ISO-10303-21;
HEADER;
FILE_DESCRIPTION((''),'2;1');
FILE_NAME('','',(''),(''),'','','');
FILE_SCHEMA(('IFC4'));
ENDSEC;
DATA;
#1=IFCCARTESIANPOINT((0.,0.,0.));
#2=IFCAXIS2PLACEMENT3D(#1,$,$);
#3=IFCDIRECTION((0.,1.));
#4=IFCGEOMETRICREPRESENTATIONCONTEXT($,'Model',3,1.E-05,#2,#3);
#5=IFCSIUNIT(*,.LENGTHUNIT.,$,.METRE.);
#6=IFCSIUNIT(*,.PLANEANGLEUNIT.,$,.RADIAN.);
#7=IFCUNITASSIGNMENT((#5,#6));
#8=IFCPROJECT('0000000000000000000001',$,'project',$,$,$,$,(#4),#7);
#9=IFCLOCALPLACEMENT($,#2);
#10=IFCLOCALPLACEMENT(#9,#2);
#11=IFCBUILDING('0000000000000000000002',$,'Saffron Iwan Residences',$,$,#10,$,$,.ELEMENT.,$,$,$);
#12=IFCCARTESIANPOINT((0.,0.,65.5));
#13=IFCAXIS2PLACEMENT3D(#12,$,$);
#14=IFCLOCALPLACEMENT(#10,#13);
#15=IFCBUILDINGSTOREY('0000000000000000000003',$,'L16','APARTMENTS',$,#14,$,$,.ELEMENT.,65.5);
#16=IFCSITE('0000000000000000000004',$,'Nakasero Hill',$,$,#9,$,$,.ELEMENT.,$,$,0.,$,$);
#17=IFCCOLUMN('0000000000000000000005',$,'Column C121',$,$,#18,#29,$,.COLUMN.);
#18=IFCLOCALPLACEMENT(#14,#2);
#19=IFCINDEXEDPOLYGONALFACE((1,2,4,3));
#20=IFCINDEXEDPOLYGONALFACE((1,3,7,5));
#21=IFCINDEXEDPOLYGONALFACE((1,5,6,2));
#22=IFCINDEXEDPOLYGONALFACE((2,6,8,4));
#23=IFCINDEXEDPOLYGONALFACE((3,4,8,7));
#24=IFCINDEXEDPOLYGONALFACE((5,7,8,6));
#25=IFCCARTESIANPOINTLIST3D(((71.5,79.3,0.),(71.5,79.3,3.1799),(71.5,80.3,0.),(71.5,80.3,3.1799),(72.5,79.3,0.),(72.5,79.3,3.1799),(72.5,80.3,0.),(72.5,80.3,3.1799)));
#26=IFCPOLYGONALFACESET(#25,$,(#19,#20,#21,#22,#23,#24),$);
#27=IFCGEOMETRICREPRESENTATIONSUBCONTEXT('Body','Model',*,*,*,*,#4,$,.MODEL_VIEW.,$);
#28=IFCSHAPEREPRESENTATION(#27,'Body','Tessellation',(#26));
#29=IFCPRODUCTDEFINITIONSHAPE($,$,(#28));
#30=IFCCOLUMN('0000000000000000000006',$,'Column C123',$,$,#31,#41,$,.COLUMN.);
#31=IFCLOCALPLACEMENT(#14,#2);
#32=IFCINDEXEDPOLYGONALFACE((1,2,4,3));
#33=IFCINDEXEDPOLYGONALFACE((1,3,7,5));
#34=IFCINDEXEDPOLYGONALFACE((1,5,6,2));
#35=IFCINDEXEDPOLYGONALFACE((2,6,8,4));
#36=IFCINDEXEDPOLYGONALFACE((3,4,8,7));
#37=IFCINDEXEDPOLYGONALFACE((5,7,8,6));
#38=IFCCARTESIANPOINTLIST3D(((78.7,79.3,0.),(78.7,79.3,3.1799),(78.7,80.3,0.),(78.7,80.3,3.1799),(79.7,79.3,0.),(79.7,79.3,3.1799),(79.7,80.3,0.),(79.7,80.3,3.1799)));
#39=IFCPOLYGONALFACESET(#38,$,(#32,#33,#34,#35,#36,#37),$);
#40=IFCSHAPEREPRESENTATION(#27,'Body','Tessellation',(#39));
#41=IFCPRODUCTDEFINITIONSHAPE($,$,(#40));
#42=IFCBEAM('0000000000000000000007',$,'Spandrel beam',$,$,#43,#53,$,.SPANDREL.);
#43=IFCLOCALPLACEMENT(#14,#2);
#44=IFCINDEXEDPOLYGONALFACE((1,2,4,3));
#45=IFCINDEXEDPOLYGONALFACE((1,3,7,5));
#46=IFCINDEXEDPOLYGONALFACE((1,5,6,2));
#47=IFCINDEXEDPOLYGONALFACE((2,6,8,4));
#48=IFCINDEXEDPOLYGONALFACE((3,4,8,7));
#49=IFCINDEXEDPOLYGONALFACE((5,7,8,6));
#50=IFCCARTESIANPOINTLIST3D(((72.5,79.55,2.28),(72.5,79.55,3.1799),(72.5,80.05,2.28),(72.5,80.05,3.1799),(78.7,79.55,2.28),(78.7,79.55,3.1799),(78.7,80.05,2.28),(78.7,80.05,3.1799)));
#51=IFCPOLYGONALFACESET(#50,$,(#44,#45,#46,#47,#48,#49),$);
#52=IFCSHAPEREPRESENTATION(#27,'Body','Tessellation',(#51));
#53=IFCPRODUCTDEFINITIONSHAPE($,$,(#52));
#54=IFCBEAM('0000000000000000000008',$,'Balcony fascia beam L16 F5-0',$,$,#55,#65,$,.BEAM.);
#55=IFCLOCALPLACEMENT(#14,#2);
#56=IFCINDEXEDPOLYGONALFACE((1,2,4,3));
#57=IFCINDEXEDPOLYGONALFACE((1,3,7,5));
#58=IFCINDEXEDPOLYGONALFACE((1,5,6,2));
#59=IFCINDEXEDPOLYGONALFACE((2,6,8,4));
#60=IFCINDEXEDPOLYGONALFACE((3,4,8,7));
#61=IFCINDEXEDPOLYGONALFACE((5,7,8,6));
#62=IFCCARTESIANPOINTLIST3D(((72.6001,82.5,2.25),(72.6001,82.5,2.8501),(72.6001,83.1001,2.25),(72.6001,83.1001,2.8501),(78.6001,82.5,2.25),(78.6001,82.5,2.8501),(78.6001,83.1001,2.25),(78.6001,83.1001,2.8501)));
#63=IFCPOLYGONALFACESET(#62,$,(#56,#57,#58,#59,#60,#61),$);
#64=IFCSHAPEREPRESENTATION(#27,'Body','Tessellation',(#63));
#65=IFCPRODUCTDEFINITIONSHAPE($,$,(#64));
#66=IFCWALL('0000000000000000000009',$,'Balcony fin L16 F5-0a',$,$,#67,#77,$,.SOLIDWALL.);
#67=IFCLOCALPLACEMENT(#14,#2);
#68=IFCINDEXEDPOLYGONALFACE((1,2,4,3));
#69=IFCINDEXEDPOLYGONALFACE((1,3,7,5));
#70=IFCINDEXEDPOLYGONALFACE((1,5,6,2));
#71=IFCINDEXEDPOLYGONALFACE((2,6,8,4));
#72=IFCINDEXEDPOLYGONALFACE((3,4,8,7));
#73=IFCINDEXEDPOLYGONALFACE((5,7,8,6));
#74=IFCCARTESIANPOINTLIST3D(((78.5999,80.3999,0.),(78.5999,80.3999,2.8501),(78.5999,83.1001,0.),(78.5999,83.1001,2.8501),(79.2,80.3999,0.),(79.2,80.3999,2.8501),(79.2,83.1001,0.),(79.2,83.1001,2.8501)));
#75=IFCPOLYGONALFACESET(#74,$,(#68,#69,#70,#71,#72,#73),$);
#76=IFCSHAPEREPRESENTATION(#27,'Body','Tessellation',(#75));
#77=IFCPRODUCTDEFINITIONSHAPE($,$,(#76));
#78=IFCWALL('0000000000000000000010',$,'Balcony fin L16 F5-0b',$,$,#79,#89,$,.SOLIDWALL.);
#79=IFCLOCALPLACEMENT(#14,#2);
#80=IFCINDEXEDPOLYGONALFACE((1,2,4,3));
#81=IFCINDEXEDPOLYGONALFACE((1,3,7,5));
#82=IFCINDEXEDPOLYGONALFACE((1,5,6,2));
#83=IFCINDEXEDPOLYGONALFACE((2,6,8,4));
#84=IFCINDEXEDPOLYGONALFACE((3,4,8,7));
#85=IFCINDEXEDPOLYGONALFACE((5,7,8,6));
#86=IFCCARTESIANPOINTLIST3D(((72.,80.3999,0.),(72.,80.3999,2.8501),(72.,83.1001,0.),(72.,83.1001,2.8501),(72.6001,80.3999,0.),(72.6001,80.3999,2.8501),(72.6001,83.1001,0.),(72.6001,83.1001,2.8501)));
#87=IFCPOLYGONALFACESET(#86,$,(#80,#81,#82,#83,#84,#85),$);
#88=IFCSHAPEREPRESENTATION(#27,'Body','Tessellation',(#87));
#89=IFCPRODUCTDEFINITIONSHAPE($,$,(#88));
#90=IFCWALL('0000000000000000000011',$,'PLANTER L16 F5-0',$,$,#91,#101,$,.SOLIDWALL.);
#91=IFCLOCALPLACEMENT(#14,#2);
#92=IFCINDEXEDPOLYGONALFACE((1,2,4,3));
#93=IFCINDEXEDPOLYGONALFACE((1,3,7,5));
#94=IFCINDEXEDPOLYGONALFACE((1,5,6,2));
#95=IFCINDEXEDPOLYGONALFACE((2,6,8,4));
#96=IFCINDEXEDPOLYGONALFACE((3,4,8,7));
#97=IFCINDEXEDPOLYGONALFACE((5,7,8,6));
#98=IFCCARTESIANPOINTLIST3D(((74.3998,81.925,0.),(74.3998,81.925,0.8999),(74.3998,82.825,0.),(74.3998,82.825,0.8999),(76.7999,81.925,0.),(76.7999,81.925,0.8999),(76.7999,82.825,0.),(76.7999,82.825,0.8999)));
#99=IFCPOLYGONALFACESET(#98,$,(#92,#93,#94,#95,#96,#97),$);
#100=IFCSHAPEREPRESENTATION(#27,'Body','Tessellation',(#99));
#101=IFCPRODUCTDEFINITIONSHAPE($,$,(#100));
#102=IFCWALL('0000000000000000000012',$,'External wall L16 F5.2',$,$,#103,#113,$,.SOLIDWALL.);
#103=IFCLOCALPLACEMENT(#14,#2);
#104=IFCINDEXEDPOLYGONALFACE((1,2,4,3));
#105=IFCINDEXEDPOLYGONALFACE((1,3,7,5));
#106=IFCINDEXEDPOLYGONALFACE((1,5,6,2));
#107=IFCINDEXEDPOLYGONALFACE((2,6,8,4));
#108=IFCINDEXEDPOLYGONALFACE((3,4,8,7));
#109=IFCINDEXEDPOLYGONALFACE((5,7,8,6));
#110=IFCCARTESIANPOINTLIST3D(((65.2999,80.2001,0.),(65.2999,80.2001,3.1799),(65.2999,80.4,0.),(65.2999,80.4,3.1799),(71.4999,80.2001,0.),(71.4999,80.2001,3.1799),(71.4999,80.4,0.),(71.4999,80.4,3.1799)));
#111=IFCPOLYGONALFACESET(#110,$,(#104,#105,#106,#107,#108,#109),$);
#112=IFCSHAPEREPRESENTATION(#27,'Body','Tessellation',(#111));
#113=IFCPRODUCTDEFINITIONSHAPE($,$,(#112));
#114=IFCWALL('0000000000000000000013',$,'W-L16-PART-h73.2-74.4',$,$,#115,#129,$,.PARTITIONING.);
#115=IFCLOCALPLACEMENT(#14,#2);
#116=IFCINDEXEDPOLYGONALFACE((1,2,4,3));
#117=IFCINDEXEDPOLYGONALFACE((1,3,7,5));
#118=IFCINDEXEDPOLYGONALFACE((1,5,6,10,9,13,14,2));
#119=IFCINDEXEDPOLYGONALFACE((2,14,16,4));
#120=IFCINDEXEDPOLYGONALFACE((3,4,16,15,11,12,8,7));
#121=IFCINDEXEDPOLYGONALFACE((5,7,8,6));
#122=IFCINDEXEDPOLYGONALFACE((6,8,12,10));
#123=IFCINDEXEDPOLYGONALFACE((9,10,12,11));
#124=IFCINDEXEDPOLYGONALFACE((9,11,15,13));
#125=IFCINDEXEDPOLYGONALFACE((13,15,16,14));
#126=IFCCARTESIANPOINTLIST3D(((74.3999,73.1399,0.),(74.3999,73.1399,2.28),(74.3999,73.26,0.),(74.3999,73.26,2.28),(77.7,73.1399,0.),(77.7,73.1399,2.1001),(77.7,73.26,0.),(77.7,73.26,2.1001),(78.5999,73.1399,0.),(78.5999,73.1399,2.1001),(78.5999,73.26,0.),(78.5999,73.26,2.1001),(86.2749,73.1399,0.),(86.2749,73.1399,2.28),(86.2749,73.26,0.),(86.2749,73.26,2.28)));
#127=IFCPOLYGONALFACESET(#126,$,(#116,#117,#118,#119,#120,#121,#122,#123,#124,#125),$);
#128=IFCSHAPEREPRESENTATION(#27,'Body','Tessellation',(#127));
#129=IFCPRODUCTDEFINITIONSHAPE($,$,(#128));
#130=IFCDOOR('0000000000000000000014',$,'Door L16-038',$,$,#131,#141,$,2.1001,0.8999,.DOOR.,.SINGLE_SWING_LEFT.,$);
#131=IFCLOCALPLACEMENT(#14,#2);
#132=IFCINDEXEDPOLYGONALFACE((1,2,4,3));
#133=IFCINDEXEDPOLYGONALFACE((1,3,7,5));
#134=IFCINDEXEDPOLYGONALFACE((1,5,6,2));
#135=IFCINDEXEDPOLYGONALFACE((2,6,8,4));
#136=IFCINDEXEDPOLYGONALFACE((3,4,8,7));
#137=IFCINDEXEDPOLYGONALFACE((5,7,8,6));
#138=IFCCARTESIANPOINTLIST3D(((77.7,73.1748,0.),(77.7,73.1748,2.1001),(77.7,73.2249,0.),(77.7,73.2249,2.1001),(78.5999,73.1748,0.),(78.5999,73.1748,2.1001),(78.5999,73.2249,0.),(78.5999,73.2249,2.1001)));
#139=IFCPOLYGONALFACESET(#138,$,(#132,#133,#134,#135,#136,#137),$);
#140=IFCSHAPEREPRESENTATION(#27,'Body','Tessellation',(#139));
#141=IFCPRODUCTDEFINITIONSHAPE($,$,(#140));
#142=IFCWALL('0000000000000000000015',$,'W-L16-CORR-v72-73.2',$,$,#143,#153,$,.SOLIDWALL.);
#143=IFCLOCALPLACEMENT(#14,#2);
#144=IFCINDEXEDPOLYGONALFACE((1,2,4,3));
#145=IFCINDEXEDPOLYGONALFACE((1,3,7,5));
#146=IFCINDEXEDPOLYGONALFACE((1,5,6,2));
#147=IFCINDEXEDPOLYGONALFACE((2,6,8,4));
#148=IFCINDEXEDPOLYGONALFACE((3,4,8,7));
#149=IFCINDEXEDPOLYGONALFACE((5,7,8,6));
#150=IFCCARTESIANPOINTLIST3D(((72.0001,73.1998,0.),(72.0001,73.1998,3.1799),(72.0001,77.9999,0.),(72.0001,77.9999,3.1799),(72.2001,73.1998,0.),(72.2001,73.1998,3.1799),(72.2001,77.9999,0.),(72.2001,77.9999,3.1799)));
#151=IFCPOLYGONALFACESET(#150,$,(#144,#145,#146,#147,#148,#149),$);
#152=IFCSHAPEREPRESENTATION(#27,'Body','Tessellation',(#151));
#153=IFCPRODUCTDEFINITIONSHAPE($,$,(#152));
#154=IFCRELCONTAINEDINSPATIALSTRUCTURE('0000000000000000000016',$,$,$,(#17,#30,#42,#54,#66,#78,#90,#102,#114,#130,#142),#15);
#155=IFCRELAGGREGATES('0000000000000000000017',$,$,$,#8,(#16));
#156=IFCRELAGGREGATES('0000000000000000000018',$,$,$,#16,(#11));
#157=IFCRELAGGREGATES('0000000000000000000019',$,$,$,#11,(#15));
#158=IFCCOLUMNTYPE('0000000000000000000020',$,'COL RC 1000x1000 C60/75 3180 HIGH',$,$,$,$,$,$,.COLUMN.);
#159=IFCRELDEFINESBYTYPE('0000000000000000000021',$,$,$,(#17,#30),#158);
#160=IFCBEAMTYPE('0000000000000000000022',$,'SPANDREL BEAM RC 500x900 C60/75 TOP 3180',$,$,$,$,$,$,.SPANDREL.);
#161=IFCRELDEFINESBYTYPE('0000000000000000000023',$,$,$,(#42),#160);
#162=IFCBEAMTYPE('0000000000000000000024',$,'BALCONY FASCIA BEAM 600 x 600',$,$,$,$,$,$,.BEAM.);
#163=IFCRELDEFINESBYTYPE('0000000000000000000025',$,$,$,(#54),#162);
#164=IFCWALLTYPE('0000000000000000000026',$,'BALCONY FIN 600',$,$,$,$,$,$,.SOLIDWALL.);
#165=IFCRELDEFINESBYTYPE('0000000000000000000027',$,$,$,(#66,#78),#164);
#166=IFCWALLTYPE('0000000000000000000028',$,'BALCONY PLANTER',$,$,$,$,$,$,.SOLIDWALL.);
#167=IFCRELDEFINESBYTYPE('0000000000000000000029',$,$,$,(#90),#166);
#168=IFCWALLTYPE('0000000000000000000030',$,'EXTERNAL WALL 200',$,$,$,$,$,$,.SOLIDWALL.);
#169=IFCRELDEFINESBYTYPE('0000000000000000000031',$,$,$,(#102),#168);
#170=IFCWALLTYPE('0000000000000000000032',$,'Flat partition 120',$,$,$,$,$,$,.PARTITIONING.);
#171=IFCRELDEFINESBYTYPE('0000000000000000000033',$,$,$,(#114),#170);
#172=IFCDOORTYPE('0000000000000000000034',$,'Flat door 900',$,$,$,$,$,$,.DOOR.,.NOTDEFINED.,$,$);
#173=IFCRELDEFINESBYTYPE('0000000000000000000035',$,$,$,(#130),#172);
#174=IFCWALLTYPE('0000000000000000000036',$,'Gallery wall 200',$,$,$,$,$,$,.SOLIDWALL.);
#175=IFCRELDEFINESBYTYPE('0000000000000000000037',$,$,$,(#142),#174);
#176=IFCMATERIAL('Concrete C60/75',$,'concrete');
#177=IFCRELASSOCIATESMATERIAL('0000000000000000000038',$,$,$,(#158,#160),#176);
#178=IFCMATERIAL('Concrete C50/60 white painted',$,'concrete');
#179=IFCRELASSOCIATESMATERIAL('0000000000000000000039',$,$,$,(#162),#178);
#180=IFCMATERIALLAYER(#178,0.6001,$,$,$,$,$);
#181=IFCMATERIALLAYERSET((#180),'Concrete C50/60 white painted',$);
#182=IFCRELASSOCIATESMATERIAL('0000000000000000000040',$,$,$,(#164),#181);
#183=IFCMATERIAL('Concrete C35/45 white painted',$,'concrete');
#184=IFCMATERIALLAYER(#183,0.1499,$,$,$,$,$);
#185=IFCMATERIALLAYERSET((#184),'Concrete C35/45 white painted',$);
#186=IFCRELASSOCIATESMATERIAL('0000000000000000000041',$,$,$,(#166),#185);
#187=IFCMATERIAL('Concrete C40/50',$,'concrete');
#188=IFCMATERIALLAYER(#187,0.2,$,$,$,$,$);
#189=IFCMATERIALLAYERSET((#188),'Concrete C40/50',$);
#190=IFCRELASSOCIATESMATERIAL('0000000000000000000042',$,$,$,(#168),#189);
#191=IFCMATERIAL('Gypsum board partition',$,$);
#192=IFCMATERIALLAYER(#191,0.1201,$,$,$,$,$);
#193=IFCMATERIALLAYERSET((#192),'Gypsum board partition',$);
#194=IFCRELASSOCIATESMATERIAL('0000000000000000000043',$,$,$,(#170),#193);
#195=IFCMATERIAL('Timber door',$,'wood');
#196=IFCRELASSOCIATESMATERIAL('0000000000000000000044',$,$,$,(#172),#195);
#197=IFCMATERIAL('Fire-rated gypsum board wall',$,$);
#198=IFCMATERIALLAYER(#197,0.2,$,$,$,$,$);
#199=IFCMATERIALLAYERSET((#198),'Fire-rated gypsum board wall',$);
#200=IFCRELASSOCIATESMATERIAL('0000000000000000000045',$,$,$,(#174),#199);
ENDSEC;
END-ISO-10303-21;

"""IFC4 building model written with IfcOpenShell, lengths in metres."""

from ifc_helpers import new_model, si_unit, direction, frame, frame_2d, origin, origin_2d, place, context, subcontext, project, spatial, rectangle, extrude, source, transform, mapped, material, layer, layer_set, material_profile, profile_set, type_object, element, fill, save


model = new_model("IFC4")

# Units and contexts
model_context = context("Model", 3, precision=1e-05, world=origin(), true_north=direction((0.0, 1.0)))
body_context = subcontext(model_context, "Body", "Model", "MODEL_VIEW")
ifc_project = project(units=[si_unit("LENGTHUNIT", "METRE"), si_unit("PLANEANGLEUNIT", "RADIAN")], contexts=[model_context])

# Site, building, storey
site_placement = place(None, origin())
site = spatial("IfcSite", under=ifc_project, at=site_placement, Name="Nakasero Hill", CompositionType="ELEMENT", RefElevation=0.0)
building_placement = place(site_placement, origin())
building = spatial("IfcBuilding", under=site, at=building_placement, Name="Saffron Iwan Residences", CompositionType="ELEMENT")
storey_placement = place(building_placement, frame((0.0, 0.0, 65.5)))
storey = spatial("IfcBuildingStorey", under=building, at=storey_placement, Name="L16", Description="APARTMENTS", CompositionType="ELEMENT", Elevation=65.5)

# Columns
ifc_material_1 = material(Name="Concrete C60/75", Category="concrete")
ifc_material_profile_1 = material_profile(ifc_material_1, rectangle(XDim=1.0, YDim=1.0, at=origin_2d()), Name="RC 1000x1000")
ifc_profile_set_1 = profile_set([ifc_material_profile_1], Name="Concrete C60/75")
column_type = type_object("IfcColumnType", Name="COL RC 1000x1000 C60/75 3180 HIGH", PredefinedType="COLUMN", material=ifc_profile_set_1)
shared_shape_1 = source(origin(), body_context, "Body", "SweptSolid", [
    extrude(rectangle(XDim=1.0, YDim=1.0, at=origin_2d()), origin(), (0.0, 0.0, 1.0), 3.1799),
])
for number, where, z_axis, x_axis, name in (
    (1, (72.0, 79.8, 0.0), (0.0, 0.0, 1.0), (1.0, 0.0, 0.0), "Column C121"),
    (2, (79.2, 79.8, 0.0), (0.0, 0.0, 1.0), (1.0, 0.0, 0.0), "Column C123"),
):
    element("IfcColumn", number, at=place(storey_placement, frame(where, z_axis=z_axis, x_axis=x_axis)), inside=storey, type_object=column_type, Name=name, PredefinedType="COLUMN", context=body_context, shape_type="MappedRepresentation", body=[
        mapped(shared_shape_1, transform((0.0, 0.0, 0.0))),
    ])

# Beams
ifc_material_profile_2 = material_profile(ifc_material_1, rectangle(XDim=0.5, YDim=0.8999, at=origin_2d()), Name="RC 500x900")
ifc_profile_set_2 = profile_set([ifc_material_profile_2], Name="Concrete C60/75")
beam_type_1 = type_object("IfcBeamType", Name="SPANDREL BEAM RC 500x900 C60/75 TOP 3180", PredefinedType="SPANDREL", material=ifc_profile_set_2)
shared_shape_2 = source(origin(), body_context, "Body", "SweptSolid", [
    extrude(rectangle(XDim=0.5, YDim=0.8999, at=origin_2d()), origin(), (0.0, 0.0, 1.0), 6.2),
])
beam_1_placement = place(storey_placement, frame((72.5, 79.8, 2.73), z_axis=(1.0, 0.0, 0.0), x_axis=(0.0, 1.0, 0.0)))
element("IfcBeam", 3, at=beam_1_placement, inside=storey, type_object=beam_type_1, Name="Spandrel beam", PredefinedType="SPANDREL", context=body_context, shape_type="MappedRepresentation", body=[
    mapped(shared_shape_2, transform((0.0, 0.0, 0.0))),
])
ifc_material_2 = material(Name="Concrete C50/60 white painted", Category="concrete")
ifc_material_profile_3 = material_profile(ifc_material_2, rectangle(XDim=0.6001, YDim=0.6001, at=origin_2d()), Name="BALCONY FASCIA BEAM 600 x 600")
ifc_profile_set_3 = profile_set([ifc_material_profile_3], Name="Concrete C50/60 white painted")
beam_type_2 = type_object("IfcBeamType", Name="BALCONY FASCIA BEAM 600 x 600", PredefinedType="BEAM", material=ifc_profile_set_3)
shared_shape_3 = source(origin(), body_context, "Body", "SweptSolid", [
    extrude(rectangle(XDim=0.6001, YDim=0.6001, at=origin_2d()), origin(), (0.0, 0.0, 1.0), 6.0),
])
beam_2_placement = place(storey_placement, frame((78.6001, 82.8, 2.55), z_axis=(-1.0, 0.0, 0.0), x_axis=(0.0, -1.0, 0.0)))
element("IfcBeam", 4, at=beam_2_placement, inside=storey, type_object=beam_type_2, Name="Balcony fascia beam L16 F5-0", PredefinedType="BEAM", context=body_context, shape_type="MappedRepresentation", body=[
    mapped(shared_shape_3, transform((0.0, 0.0, 0.0))),
])

# Walls
ifc_layer_1 = layer(ifc_material_2, 0.6001)
ifc_layer_set_1 = layer_set([ifc_layer_1], Name="Concrete C50/60 white painted")
wall_type_1 = type_object("IfcWallType", Name="BALCONY FIN 600", PredefinedType="SOLIDWALL", material=ifc_layer_set_1)
for number, where, z_axis, x_axis, name in (
    (5, (78.8999, 80.3999, 0.0), (0.0, 0.0, 1.0), (0.0, 1.0, 0.0), "Balcony fin L16 F5-0a"),
    (6, (72.3, 80.3999, 0.0), (0.0, 0.0, 1.0), (0.0, 1.0, 0.0), "Balcony fin L16 F5-0b"),
):
    element("IfcWall", number, at=place(storey_placement, frame(where, z_axis=z_axis, x_axis=x_axis)), inside=storey, type_object=wall_type_1, Name=name, PredefinedType="SOLIDWALL", context=body_context, shape_type="SweptSolid", body=[
        extrude(rectangle(XDim=2.7002, YDim=0.6001, at=frame_2d((1.3501, 0.0))), origin(), (0.0, 0.0, 1.0), 2.8501),
    ])
ifc_material_3 = material(Name="Concrete C35/45 white painted", Category="concrete")
ifc_layer_2 = layer(ifc_material_3, 0.1499)
ifc_layer_set_2 = layer_set([ifc_layer_2], Name="Concrete C35/45 white painted")
wall_type_2 = type_object("IfcWallType", Name="BALCONY PLANTER", PredefinedType="SOLIDWALL", material=ifc_layer_set_2)
wall_1_placement = place(storey_placement, frame((76.8, 82.375, 0.0), z_axis=(0.0, 0.0, 1.0), x_axis=(-1.0, 0.0, 0.0)))
element("IfcWall", 7, at=wall_1_placement, inside=storey, type_object=wall_type_2, Name="PLANTER L16 F5-0", PredefinedType="SOLIDWALL", context=body_context, shape_type="SweptSolid", body=[
    extrude(rectangle(XDim=2.4001, YDim=0.8999, at=frame_2d((1.2002, 0.0))), origin(), (0.0, 0.0, 1.0), 0.8999),
])

# Shared definitions
ifc_material_4 = material(Name="Concrete C40/50", Category="concrete")
ifc_layer_3 = layer(ifc_material_4, 0.2)
ifc_layer_set_3 = layer_set([ifc_layer_3], Name="Concrete C40/50")
wall_type_3 = type_object("IfcWallType", Name="EXTERNAL WALL 200", PredefinedType="SOLIDWALL", material=ifc_layer_set_3)

# Wall
wall_2_placement = place(storey_placement, frame((71.5, 80.3, 0.0), z_axis=(0.0, 0.0, 1.0), x_axis=(-1.0, 0.0, 0.0)))
element("IfcWall", 8, at=wall_2_placement, inside=storey, type_object=wall_type_3, Name="External wall L16 F5.2", PredefinedType="SOLIDWALL", context=body_context, shape_type="SweptSolid", body=[
    extrude(rectangle(XDim=6.2, YDim=0.2, at=frame_2d((3.1001, 0.0))), origin(), (0.0, 0.0, 1.0), 3.1799),
])

# Wall, opening, door
ifc_material_5 = material(Name="Gypsum board partition")
ifc_layer_4 = layer(ifc_material_5, 0.1201)
ifc_layer_set_4 = layer_set([ifc_layer_4], Name="Gypsum board partition")
wall_type_4 = type_object("IfcWallType", Name="Flat partition 120", PredefinedType="PARTITIONING", material=ifc_layer_set_4)
wall_3_placement = place(storey_placement, frame((74.3999, 73.2, 0.0), z_axis=(0.0, 0.0, 1.0), x_axis=(1.0, 0.0, 0.0)))
wall_3 = element("IfcWall", 9, at=wall_3_placement, inside=storey, type_object=wall_type_4, Name="W-L16-PART-h73.2-74.4", PredefinedType="PARTITIONING", context=body_context, shape_type="SweptSolid", body=[
    extrude(rectangle(XDim=11.875, YDim=0.1201, at=frame_2d((5.9375, 0.0))), origin(), (0.0, 0.0, 1.0), 2.28),
])
opening_1_placement = place(wall_3_placement, frame((3.3, 0.0, 0.0)))
opening_1 = element("IfcOpeningElement", 10, at=opening_1_placement, cuts=wall_3, PredefinedType="OPENING", context=body_context, shape_type="SweptSolid", body=[
    extrude(rectangle(XDim=0.8999, YDim=2.1001, at=frame_2d((0.45, 1.05))), frame((0.0, 0.0701, 0.0), z_axis=(0.0, -1.0, 0.0), x_axis=(1.0, 0.0, 0.0)), (0.0, 0.0, 1.0), 0.1401),
])
ifc_material_6 = material(Name="Timber door", Category="wood")
door_type_1 = type_object("IfcDoorType", Name="Flat door 900", OperationType="NOTDEFINED", PredefinedType="DOOR", material=ifc_material_6)
door_1_placement = place(opening_1_placement, origin())
door_1 = element("IfcDoor", 11, at=door_1_placement, inside=storey, type_object=door_type_1, Name="Door L16-038", OperationType="SINGLE_SWING_LEFT", OverallHeight=2.1001, OverallWidth=0.8999, PredefinedType="DOOR", context=body_context, shape_type="SweptSolid", body=[
    extrude(rectangle(XDim=0.8999, YDim=2.1001, at=frame_2d((0.45, 1.05))), frame((0.0, 0.0249, 0.0), z_axis=(0.0, -1.0, 0.0), x_axis=(1.0, 0.0, 0.0)), (0.0, 0.0, 1.0), 0.05),
])
fill(opening_1, door_1)

# Wall
ifc_material_7 = material(Name="Fire-rated gypsum board wall")
ifc_layer_5 = layer(ifc_material_7, 0.2)
ifc_layer_set_5 = layer_set([ifc_layer_5], Name="Fire-rated gypsum board wall")
wall_type_5 = type_object("IfcWallType", Name="Gallery wall 200", PredefinedType="SOLIDWALL", material=ifc_layer_set_5)
wall_4_placement = place(storey_placement, frame((72.1001, 73.2, 0.0), z_axis=(0.0, 0.0, 1.0), x_axis=(0.0, 1.0, 0.0)))
element("IfcWall", 12, at=wall_4_placement, inside=storey, type_object=wall_type_5, Name="W-L16-CORR-v72-73.2", PredefinedType="SOLIDWALL", context=body_context, shape_type="SweptSolid", body=[
    extrude(rectangle(XDim=4.8, YDim=0.2, at=frame_2d((2.3999, 0.0))), origin(), (0.0, 0.0, 1.0), 3.1799),
])

save(model, "model.ifc")
